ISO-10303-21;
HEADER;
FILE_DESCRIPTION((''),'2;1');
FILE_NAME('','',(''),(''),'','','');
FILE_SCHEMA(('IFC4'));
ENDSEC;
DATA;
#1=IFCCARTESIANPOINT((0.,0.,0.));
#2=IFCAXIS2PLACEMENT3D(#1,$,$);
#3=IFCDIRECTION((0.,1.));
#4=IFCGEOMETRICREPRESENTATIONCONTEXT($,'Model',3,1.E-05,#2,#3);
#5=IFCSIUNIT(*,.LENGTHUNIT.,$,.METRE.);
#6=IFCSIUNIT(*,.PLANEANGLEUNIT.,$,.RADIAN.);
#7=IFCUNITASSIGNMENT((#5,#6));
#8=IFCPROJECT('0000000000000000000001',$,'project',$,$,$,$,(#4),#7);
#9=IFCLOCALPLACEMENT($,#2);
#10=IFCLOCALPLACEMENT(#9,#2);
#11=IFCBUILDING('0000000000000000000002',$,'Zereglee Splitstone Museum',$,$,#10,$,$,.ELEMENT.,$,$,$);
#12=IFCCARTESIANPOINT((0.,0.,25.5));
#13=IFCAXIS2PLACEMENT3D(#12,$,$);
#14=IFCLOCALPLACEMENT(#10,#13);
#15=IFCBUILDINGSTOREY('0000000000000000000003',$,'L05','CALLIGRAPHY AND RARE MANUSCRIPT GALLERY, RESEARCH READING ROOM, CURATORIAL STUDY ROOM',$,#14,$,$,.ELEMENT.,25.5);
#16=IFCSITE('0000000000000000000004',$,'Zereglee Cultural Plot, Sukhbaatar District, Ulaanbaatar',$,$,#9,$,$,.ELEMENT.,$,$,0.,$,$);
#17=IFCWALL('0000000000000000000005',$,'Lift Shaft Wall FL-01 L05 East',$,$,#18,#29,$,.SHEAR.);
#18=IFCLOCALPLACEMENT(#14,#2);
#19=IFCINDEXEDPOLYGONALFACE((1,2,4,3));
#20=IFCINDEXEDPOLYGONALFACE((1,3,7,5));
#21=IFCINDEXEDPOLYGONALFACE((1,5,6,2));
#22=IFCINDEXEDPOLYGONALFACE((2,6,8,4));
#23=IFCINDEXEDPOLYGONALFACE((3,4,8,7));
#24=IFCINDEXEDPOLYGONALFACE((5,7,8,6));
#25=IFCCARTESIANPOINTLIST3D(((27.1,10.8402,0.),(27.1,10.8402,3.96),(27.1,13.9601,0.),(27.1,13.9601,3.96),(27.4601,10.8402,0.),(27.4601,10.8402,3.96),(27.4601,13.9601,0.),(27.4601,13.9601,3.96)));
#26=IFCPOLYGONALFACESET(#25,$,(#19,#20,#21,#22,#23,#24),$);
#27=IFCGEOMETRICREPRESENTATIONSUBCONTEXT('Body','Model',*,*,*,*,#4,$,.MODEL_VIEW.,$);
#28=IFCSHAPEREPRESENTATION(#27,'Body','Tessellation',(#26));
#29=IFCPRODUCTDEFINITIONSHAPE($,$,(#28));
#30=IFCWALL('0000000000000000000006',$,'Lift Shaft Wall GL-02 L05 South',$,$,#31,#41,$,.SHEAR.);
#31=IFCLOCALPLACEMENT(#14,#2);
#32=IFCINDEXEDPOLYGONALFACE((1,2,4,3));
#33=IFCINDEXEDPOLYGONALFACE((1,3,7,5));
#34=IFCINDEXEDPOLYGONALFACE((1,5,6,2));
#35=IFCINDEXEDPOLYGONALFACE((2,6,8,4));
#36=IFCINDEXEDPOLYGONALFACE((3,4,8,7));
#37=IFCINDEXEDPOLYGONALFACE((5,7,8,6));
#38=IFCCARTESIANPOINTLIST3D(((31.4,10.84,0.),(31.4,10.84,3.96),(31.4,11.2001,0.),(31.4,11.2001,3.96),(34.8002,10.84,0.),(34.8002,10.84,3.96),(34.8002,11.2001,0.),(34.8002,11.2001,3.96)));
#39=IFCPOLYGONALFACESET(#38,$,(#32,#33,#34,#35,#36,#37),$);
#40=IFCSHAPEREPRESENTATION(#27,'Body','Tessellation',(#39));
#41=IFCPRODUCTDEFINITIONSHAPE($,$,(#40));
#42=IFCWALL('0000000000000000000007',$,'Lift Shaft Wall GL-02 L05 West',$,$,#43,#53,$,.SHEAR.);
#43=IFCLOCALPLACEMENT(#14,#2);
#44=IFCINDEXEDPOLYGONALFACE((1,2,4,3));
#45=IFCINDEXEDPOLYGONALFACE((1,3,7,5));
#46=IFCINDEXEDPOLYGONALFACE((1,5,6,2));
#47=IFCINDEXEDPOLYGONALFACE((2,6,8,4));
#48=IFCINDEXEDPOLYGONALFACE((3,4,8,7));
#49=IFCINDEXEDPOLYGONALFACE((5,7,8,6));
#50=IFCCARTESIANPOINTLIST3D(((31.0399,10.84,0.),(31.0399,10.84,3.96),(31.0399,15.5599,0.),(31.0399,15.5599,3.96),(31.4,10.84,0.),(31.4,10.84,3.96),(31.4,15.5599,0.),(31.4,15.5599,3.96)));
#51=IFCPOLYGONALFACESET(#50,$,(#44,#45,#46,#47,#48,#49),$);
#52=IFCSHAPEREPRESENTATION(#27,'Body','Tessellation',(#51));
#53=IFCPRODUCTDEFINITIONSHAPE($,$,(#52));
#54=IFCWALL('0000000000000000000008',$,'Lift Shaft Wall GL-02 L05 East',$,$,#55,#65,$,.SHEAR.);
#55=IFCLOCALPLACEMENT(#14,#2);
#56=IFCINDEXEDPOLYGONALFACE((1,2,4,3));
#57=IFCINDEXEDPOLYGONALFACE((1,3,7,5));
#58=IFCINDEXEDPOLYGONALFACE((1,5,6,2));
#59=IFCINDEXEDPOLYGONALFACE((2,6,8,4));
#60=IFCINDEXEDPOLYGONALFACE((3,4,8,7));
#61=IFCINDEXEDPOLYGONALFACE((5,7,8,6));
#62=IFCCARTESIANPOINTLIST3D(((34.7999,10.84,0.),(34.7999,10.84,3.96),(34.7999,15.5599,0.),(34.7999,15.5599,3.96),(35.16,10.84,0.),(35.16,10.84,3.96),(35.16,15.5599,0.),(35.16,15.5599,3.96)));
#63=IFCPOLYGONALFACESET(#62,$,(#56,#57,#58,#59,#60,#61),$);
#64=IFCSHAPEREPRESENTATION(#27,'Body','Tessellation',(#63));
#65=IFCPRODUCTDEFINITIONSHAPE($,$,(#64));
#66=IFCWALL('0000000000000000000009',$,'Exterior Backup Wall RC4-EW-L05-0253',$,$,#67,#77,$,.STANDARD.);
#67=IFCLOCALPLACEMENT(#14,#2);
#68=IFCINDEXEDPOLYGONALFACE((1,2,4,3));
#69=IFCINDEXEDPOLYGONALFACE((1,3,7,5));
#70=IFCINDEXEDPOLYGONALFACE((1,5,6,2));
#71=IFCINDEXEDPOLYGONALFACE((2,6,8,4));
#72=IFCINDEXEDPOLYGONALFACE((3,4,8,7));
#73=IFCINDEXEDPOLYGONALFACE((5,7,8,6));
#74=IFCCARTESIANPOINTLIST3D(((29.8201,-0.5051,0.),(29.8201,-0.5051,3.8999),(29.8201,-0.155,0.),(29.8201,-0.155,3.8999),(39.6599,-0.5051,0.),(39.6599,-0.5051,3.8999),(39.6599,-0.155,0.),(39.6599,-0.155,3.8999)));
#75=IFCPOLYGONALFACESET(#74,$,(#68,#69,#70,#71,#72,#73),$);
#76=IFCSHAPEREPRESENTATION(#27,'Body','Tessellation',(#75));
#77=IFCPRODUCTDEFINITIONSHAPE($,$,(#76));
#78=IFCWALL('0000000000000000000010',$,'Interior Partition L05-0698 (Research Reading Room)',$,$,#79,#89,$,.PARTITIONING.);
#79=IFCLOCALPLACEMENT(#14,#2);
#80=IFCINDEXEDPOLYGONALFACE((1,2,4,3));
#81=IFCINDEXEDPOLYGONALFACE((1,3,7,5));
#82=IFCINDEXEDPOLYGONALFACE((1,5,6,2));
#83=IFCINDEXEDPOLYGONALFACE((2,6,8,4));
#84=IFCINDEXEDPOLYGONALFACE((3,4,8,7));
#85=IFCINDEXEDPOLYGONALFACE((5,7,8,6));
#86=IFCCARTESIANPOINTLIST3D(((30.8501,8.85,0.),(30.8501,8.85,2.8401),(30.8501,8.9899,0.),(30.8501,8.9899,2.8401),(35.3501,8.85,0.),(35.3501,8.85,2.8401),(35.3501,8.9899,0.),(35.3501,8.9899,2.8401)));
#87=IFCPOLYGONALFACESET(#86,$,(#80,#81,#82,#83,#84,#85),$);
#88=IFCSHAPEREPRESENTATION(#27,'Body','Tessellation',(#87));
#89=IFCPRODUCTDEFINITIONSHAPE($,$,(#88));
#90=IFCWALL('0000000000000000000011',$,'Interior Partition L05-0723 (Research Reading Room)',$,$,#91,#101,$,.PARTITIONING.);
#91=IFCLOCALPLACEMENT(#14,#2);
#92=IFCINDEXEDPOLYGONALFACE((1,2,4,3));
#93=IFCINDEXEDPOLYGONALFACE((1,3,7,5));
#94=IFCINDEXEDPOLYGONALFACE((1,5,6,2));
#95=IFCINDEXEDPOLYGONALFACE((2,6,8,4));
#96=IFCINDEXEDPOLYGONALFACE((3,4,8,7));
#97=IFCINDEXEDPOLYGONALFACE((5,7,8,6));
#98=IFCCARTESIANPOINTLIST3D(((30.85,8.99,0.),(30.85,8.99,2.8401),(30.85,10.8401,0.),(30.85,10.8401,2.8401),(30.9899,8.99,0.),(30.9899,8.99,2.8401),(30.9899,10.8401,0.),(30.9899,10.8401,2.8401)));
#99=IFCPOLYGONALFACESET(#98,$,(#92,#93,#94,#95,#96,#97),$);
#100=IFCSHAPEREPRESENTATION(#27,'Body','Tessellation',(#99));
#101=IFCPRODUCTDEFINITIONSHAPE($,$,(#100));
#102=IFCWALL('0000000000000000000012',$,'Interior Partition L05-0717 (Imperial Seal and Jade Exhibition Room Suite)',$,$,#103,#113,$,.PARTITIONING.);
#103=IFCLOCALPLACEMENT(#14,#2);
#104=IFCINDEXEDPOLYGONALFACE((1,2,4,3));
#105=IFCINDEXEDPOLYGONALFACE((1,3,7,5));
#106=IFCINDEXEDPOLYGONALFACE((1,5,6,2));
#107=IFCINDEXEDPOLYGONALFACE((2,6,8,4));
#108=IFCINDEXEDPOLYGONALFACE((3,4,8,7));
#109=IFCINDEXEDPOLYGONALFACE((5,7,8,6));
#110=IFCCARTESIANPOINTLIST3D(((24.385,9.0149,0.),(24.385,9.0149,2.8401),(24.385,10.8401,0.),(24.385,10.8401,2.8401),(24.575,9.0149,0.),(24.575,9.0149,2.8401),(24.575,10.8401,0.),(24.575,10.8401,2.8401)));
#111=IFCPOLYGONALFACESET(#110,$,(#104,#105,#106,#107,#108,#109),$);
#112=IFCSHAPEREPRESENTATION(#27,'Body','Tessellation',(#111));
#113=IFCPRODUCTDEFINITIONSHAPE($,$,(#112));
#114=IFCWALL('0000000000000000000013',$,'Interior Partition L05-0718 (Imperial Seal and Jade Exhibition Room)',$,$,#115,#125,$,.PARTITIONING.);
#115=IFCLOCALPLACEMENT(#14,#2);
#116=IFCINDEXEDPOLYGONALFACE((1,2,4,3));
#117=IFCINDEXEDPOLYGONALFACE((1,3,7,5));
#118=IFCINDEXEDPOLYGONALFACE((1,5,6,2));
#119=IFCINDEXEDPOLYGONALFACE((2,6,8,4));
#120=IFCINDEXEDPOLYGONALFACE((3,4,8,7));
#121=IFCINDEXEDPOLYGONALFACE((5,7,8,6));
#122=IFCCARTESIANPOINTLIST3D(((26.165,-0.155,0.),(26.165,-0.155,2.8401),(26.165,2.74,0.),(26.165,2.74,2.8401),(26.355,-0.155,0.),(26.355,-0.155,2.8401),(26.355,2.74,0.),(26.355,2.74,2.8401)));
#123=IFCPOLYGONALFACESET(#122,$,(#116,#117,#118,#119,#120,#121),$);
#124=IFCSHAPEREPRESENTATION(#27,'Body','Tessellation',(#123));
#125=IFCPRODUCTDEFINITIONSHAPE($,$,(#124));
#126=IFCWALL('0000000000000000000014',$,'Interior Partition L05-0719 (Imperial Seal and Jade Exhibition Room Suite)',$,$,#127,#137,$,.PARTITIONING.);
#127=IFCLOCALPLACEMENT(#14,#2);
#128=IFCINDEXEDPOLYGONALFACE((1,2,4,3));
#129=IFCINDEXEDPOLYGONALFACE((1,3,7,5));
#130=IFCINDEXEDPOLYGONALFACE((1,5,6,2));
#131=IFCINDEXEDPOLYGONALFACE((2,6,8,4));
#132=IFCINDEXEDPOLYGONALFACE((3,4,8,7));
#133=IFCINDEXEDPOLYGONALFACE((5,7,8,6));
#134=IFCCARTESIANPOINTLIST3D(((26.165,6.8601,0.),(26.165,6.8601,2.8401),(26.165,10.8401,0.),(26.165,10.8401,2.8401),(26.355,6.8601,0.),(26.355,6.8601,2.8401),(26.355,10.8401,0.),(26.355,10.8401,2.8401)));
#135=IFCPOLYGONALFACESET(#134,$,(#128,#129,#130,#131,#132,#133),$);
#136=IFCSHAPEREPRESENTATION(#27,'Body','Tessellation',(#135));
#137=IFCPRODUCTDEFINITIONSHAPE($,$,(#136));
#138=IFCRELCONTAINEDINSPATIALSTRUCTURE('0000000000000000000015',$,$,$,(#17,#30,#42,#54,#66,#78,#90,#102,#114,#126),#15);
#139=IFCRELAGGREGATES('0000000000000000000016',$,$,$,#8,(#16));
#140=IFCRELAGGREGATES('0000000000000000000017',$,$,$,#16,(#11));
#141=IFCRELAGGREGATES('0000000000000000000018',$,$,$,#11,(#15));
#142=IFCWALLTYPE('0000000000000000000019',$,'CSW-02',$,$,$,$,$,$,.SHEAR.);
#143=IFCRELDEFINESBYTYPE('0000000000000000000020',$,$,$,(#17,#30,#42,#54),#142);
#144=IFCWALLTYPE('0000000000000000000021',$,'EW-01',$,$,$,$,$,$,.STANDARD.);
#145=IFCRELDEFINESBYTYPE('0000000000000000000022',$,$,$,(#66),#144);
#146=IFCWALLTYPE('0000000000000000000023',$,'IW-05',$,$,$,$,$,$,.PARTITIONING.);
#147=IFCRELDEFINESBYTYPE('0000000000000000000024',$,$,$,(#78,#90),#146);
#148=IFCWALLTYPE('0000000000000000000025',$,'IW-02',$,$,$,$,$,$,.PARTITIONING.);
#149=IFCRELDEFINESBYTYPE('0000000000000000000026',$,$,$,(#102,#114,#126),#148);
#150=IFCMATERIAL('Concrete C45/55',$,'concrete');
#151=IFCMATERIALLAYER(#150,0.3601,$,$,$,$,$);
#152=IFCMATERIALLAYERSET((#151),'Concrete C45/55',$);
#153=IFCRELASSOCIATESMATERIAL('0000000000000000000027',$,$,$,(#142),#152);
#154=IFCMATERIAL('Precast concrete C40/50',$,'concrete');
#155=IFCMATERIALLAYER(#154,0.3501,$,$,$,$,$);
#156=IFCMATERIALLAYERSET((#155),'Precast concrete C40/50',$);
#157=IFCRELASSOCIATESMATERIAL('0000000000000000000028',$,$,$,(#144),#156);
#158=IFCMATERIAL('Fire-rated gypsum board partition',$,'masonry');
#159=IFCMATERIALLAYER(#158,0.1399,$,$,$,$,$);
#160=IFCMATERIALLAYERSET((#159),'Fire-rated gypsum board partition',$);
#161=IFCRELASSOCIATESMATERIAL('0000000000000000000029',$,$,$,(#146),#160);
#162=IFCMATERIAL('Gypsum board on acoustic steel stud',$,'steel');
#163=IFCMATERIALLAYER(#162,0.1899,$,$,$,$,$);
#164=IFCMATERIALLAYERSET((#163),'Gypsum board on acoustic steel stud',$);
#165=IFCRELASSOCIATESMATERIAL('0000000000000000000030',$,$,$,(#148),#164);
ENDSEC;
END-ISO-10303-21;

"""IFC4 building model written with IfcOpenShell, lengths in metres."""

from ifc_helpers import new_model, si_unit, direction, frame, frame_2d, origin, place, context, subcontext, project, spatial, rectangle, extrude, material, layer, layer_set, type_object, element, save


model = new_model("IFC4")

# Units and contexts
model_context = context("Model", 3, precision=1e-05, world=origin(), true_north=direction((0.0, 1.0)))
body_context = subcontext(model_context, "Body", "Model", "MODEL_VIEW")
ifc_project = project(units=[si_unit("LENGTHUNIT", "METRE"), si_unit("PLANEANGLEUNIT", "RADIAN")], contexts=[model_context])

# Site, building, storey
site_placement = place(None, origin())
site = spatial("IfcSite", under=ifc_project, at=site_placement, Name="Zereglee Cultural Plot, Sukhbaatar District, Ulaanbaatar", CompositionType="ELEMENT", RefElevation=0.0)
building_placement = place(site_placement, origin())
building = spatial("IfcBuilding", under=site, at=building_placement, Name="Zereglee Splitstone Museum", CompositionType="ELEMENT")
storey_placement = place(building_placement, frame((0.0, 0.0, 25.5)))
storey = spatial("IfcBuildingStorey", under=building, at=storey_placement, Name="L05", Description="CALLIGRAPHY AND RARE MANUSCRIPT GALLERY, RESEARCH READING ROOM, CURATORIAL STUDY ROOM", CompositionType="ELEMENT", Elevation=25.5)

# Walls
ifc_material_1 = material(Name="Concrete C45/55", Category="concrete")
ifc_layer_1 = layer(ifc_material_1, 0.3601)
ifc_layer_set_1 = layer_set([ifc_layer_1], Name="Concrete C45/55")
wall_type_1 = type_object("IfcWallType", Name="CSW-02", PredefinedType="SHEAR", material=ifc_layer_set_1)
wall_1_placement = place(storey_placement, frame((27.28, 10.8401, 0.0), z_axis=(0.0, 0.0, 1.0), x_axis=(0.0, 1.0, 0.0)))
element("IfcWall", 1, at=wall_1_placement, inside=storey, type_object=wall_type_1, Name="Lift Shaft Wall FL-01 L05 East", PredefinedType="SHEAR", context=body_context, shape_type="SweptSolid", body=[
    extrude(rectangle(XDim=3.1199, YDim=0.3601, at=frame_2d((1.5601, 0.0))), origin(), (0.0, 0.0, 1.0), 3.96),
])
wall_2_placement = place(storey_placement, frame((31.3999, 11.02, 0.0), z_axis=(0.0, 0.0, 1.0), x_axis=(1.0, 0.0, 0.0)))
element("IfcWall", 2, at=wall_2_placement, inside=storey, type_object=wall_type_1, Name="Lift Shaft Wall GL-02 L05 South", PredefinedType="SHEAR", context=body_context, shape_type="SweptSolid", body=[
    extrude(rectangle(XDim=3.4001, YDim=0.3601, at=frame_2d((1.7002, 0.0))), origin(), (0.0, 0.0, 1.0), 3.96),
])
for number, where, z_axis, x_axis, name in (
    (3, (31.22, 10.8401, 0.0), (0.0, 0.0, 1.0), (0.0, 1.0, 0.0), "Lift Shaft Wall GL-02 L05 West"),
    (4, (34.98, 10.8401, 0.0), (0.0, 0.0, 1.0), (0.0, 1.0, 0.0), "Lift Shaft Wall GL-02 L05 East"),
):
    element("IfcWall", number, at=place(storey_placement, frame(where, z_axis=z_axis, x_axis=x_axis)), inside=storey, type_object=wall_type_1, Name=name, PredefinedType="SHEAR", context=body_context, shape_type="SweptSolid", body=[
        extrude(rectangle(XDim=4.72, YDim=0.3601, at=frame_2d((2.3599, 0.0))), origin(), (0.0, 0.0, 1.0), 3.96),
    ])
ifc_material_2 = material(Name="Precast concrete C40/50", Category="concrete")
ifc_layer_2 = layer(ifc_material_2, 0.3501)
ifc_layer_set_2 = layer_set([ifc_layer_2], Name="Precast concrete C40/50")
wall_type_2 = type_object("IfcWallType", Name="EW-01", PredefinedType="STANDARD", material=ifc_layer_set_2)
wall_3_placement = place(storey_placement, frame((29.8201, -0.3301, 0.0), z_axis=(0.0, 0.0, 1.0), x_axis=(1.0, 0.0, 0.0)))
element("IfcWall", 5, at=wall_3_placement, inside=storey, type_object=wall_type_2, Name="Exterior Backup Wall RC4-EW-L05-0253", PredefinedType="STANDARD", context=body_context, shape_type="SweptSolid", body=[
    extrude(rectangle(XDim=9.8398, YDim=0.3501, at=frame_2d((4.9199, 0.0))), origin(), (0.0, 0.0, 1.0), 3.8999),
])
ifc_material_3 = material(Name="Fire-rated gypsum board partition", Category="masonry")
ifc_layer_3 = layer(ifc_material_3, 0.1399)
ifc_layer_set_3 = layer_set([ifc_layer_3], Name="Fire-rated gypsum board partition")
wall_type_3 = type_object("IfcWallType", Name="IW-05", PredefinedType="PARTITIONING", material=ifc_layer_set_3)
wall_4_placement = place(storey_placement, frame((30.8501, 8.9199, 0.0), z_axis=(0.0, 0.0, 1.0), x_axis=(1.0, 0.0, 0.0)))
element("IfcWall", 6, at=wall_4_placement, inside=storey, type_object=wall_type_3, Name="Interior Partition L05-0698 (Research Reading Room)", PredefinedType="PARTITIONING", context=body_context, shape_type="SweptSolid", body=[
    extrude(rectangle(XDim=4.5, YDim=0.1399, at=frame_2d((2.25, 0.0))), origin(), (0.0, 0.0, 1.0), 2.8401),
])
wall_5_placement = place(storey_placement, frame((30.9199, 8.99, 0.0), z_axis=(0.0, 0.0, 1.0), x_axis=(0.0, 1.0, 0.0)))
element("IfcWall", 7, at=wall_5_placement, inside=storey, type_object=wall_type_3, Name="Interior Partition L05-0723 (Research Reading Room)", PredefinedType="PARTITIONING", context=body_context, shape_type="SweptSolid", body=[
    extrude(rectangle(XDim=1.8501, YDim=0.1399, at=frame_2d((0.925, 0.0))), origin(), (0.0, 0.0, 1.0), 2.8401),
])
ifc_material_4 = material(Name="Gypsum board on acoustic steel stud", Category="steel")
ifc_layer_4 = layer(ifc_material_4, 0.1899)
ifc_layer_set_4 = layer_set([ifc_layer_4], Name="Gypsum board on acoustic steel stud")
wall_type_4 = type_object("IfcWallType", Name="IW-02", PredefinedType="PARTITIONING", material=ifc_layer_set_4)
wall_6_placement = place(storey_placement, frame((24.48, 9.0149, 0.0), z_axis=(0.0, 0.0, 1.0), x_axis=(0.0, 1.0, 0.0)))
element("IfcWall", 8, at=wall_6_placement, inside=storey, type_object=wall_type_4, Name="Interior Partition L05-0717 (Imperial Seal and Jade Exhibition Room Suite)", PredefinedType="PARTITIONING", context=body_context, shape_type="SweptSolid", body=[
    extrude(rectangle(XDim=1.8252, YDim=0.1899, at=frame_2d((0.9126, 0.0))), origin(), (0.0, 0.0, 1.0), 2.8401),
])
wall_7_placement = place(storey_placement, frame((26.26, -0.155, 0.0), z_axis=(0.0, 0.0, 1.0), x_axis=(0.0, 1.0, 0.0)))
element("IfcWall", 9, at=wall_7_placement, inside=storey, type_object=wall_type_4, Name="Interior Partition L05-0718 (Imperial Seal and Jade Exhibition Room)", PredefinedType="PARTITIONING", context=body_context, shape_type="SweptSolid", body=[
    extrude(rectangle(XDim=2.895, YDim=0.1899, at=frame_2d((1.4475, 0.0))), origin(), (0.0, 0.0, 1.0), 2.8401),
])
wall_8_placement = place(storey_placement, frame((26.26, 6.8601, 0.0), z_axis=(0.0, 0.0, 1.0), x_axis=(0.0, 1.0, 0.0)))
element("IfcWall", 10, at=wall_8_placement, inside=storey, type_object=wall_type_4, Name="Interior Partition L05-0719 (Imperial Seal and Jade Exhibition Room Suite)", PredefinedType="PARTITIONING", context=body_context, shape_type="SweptSolid", body=[
    extrude(rectangle(XDim=3.98, YDim=0.1899, at=frame_2d((1.99, 0.0))), origin(), (0.0, 0.0, 1.0), 2.8401),
])

save(model, "model.ifc")
